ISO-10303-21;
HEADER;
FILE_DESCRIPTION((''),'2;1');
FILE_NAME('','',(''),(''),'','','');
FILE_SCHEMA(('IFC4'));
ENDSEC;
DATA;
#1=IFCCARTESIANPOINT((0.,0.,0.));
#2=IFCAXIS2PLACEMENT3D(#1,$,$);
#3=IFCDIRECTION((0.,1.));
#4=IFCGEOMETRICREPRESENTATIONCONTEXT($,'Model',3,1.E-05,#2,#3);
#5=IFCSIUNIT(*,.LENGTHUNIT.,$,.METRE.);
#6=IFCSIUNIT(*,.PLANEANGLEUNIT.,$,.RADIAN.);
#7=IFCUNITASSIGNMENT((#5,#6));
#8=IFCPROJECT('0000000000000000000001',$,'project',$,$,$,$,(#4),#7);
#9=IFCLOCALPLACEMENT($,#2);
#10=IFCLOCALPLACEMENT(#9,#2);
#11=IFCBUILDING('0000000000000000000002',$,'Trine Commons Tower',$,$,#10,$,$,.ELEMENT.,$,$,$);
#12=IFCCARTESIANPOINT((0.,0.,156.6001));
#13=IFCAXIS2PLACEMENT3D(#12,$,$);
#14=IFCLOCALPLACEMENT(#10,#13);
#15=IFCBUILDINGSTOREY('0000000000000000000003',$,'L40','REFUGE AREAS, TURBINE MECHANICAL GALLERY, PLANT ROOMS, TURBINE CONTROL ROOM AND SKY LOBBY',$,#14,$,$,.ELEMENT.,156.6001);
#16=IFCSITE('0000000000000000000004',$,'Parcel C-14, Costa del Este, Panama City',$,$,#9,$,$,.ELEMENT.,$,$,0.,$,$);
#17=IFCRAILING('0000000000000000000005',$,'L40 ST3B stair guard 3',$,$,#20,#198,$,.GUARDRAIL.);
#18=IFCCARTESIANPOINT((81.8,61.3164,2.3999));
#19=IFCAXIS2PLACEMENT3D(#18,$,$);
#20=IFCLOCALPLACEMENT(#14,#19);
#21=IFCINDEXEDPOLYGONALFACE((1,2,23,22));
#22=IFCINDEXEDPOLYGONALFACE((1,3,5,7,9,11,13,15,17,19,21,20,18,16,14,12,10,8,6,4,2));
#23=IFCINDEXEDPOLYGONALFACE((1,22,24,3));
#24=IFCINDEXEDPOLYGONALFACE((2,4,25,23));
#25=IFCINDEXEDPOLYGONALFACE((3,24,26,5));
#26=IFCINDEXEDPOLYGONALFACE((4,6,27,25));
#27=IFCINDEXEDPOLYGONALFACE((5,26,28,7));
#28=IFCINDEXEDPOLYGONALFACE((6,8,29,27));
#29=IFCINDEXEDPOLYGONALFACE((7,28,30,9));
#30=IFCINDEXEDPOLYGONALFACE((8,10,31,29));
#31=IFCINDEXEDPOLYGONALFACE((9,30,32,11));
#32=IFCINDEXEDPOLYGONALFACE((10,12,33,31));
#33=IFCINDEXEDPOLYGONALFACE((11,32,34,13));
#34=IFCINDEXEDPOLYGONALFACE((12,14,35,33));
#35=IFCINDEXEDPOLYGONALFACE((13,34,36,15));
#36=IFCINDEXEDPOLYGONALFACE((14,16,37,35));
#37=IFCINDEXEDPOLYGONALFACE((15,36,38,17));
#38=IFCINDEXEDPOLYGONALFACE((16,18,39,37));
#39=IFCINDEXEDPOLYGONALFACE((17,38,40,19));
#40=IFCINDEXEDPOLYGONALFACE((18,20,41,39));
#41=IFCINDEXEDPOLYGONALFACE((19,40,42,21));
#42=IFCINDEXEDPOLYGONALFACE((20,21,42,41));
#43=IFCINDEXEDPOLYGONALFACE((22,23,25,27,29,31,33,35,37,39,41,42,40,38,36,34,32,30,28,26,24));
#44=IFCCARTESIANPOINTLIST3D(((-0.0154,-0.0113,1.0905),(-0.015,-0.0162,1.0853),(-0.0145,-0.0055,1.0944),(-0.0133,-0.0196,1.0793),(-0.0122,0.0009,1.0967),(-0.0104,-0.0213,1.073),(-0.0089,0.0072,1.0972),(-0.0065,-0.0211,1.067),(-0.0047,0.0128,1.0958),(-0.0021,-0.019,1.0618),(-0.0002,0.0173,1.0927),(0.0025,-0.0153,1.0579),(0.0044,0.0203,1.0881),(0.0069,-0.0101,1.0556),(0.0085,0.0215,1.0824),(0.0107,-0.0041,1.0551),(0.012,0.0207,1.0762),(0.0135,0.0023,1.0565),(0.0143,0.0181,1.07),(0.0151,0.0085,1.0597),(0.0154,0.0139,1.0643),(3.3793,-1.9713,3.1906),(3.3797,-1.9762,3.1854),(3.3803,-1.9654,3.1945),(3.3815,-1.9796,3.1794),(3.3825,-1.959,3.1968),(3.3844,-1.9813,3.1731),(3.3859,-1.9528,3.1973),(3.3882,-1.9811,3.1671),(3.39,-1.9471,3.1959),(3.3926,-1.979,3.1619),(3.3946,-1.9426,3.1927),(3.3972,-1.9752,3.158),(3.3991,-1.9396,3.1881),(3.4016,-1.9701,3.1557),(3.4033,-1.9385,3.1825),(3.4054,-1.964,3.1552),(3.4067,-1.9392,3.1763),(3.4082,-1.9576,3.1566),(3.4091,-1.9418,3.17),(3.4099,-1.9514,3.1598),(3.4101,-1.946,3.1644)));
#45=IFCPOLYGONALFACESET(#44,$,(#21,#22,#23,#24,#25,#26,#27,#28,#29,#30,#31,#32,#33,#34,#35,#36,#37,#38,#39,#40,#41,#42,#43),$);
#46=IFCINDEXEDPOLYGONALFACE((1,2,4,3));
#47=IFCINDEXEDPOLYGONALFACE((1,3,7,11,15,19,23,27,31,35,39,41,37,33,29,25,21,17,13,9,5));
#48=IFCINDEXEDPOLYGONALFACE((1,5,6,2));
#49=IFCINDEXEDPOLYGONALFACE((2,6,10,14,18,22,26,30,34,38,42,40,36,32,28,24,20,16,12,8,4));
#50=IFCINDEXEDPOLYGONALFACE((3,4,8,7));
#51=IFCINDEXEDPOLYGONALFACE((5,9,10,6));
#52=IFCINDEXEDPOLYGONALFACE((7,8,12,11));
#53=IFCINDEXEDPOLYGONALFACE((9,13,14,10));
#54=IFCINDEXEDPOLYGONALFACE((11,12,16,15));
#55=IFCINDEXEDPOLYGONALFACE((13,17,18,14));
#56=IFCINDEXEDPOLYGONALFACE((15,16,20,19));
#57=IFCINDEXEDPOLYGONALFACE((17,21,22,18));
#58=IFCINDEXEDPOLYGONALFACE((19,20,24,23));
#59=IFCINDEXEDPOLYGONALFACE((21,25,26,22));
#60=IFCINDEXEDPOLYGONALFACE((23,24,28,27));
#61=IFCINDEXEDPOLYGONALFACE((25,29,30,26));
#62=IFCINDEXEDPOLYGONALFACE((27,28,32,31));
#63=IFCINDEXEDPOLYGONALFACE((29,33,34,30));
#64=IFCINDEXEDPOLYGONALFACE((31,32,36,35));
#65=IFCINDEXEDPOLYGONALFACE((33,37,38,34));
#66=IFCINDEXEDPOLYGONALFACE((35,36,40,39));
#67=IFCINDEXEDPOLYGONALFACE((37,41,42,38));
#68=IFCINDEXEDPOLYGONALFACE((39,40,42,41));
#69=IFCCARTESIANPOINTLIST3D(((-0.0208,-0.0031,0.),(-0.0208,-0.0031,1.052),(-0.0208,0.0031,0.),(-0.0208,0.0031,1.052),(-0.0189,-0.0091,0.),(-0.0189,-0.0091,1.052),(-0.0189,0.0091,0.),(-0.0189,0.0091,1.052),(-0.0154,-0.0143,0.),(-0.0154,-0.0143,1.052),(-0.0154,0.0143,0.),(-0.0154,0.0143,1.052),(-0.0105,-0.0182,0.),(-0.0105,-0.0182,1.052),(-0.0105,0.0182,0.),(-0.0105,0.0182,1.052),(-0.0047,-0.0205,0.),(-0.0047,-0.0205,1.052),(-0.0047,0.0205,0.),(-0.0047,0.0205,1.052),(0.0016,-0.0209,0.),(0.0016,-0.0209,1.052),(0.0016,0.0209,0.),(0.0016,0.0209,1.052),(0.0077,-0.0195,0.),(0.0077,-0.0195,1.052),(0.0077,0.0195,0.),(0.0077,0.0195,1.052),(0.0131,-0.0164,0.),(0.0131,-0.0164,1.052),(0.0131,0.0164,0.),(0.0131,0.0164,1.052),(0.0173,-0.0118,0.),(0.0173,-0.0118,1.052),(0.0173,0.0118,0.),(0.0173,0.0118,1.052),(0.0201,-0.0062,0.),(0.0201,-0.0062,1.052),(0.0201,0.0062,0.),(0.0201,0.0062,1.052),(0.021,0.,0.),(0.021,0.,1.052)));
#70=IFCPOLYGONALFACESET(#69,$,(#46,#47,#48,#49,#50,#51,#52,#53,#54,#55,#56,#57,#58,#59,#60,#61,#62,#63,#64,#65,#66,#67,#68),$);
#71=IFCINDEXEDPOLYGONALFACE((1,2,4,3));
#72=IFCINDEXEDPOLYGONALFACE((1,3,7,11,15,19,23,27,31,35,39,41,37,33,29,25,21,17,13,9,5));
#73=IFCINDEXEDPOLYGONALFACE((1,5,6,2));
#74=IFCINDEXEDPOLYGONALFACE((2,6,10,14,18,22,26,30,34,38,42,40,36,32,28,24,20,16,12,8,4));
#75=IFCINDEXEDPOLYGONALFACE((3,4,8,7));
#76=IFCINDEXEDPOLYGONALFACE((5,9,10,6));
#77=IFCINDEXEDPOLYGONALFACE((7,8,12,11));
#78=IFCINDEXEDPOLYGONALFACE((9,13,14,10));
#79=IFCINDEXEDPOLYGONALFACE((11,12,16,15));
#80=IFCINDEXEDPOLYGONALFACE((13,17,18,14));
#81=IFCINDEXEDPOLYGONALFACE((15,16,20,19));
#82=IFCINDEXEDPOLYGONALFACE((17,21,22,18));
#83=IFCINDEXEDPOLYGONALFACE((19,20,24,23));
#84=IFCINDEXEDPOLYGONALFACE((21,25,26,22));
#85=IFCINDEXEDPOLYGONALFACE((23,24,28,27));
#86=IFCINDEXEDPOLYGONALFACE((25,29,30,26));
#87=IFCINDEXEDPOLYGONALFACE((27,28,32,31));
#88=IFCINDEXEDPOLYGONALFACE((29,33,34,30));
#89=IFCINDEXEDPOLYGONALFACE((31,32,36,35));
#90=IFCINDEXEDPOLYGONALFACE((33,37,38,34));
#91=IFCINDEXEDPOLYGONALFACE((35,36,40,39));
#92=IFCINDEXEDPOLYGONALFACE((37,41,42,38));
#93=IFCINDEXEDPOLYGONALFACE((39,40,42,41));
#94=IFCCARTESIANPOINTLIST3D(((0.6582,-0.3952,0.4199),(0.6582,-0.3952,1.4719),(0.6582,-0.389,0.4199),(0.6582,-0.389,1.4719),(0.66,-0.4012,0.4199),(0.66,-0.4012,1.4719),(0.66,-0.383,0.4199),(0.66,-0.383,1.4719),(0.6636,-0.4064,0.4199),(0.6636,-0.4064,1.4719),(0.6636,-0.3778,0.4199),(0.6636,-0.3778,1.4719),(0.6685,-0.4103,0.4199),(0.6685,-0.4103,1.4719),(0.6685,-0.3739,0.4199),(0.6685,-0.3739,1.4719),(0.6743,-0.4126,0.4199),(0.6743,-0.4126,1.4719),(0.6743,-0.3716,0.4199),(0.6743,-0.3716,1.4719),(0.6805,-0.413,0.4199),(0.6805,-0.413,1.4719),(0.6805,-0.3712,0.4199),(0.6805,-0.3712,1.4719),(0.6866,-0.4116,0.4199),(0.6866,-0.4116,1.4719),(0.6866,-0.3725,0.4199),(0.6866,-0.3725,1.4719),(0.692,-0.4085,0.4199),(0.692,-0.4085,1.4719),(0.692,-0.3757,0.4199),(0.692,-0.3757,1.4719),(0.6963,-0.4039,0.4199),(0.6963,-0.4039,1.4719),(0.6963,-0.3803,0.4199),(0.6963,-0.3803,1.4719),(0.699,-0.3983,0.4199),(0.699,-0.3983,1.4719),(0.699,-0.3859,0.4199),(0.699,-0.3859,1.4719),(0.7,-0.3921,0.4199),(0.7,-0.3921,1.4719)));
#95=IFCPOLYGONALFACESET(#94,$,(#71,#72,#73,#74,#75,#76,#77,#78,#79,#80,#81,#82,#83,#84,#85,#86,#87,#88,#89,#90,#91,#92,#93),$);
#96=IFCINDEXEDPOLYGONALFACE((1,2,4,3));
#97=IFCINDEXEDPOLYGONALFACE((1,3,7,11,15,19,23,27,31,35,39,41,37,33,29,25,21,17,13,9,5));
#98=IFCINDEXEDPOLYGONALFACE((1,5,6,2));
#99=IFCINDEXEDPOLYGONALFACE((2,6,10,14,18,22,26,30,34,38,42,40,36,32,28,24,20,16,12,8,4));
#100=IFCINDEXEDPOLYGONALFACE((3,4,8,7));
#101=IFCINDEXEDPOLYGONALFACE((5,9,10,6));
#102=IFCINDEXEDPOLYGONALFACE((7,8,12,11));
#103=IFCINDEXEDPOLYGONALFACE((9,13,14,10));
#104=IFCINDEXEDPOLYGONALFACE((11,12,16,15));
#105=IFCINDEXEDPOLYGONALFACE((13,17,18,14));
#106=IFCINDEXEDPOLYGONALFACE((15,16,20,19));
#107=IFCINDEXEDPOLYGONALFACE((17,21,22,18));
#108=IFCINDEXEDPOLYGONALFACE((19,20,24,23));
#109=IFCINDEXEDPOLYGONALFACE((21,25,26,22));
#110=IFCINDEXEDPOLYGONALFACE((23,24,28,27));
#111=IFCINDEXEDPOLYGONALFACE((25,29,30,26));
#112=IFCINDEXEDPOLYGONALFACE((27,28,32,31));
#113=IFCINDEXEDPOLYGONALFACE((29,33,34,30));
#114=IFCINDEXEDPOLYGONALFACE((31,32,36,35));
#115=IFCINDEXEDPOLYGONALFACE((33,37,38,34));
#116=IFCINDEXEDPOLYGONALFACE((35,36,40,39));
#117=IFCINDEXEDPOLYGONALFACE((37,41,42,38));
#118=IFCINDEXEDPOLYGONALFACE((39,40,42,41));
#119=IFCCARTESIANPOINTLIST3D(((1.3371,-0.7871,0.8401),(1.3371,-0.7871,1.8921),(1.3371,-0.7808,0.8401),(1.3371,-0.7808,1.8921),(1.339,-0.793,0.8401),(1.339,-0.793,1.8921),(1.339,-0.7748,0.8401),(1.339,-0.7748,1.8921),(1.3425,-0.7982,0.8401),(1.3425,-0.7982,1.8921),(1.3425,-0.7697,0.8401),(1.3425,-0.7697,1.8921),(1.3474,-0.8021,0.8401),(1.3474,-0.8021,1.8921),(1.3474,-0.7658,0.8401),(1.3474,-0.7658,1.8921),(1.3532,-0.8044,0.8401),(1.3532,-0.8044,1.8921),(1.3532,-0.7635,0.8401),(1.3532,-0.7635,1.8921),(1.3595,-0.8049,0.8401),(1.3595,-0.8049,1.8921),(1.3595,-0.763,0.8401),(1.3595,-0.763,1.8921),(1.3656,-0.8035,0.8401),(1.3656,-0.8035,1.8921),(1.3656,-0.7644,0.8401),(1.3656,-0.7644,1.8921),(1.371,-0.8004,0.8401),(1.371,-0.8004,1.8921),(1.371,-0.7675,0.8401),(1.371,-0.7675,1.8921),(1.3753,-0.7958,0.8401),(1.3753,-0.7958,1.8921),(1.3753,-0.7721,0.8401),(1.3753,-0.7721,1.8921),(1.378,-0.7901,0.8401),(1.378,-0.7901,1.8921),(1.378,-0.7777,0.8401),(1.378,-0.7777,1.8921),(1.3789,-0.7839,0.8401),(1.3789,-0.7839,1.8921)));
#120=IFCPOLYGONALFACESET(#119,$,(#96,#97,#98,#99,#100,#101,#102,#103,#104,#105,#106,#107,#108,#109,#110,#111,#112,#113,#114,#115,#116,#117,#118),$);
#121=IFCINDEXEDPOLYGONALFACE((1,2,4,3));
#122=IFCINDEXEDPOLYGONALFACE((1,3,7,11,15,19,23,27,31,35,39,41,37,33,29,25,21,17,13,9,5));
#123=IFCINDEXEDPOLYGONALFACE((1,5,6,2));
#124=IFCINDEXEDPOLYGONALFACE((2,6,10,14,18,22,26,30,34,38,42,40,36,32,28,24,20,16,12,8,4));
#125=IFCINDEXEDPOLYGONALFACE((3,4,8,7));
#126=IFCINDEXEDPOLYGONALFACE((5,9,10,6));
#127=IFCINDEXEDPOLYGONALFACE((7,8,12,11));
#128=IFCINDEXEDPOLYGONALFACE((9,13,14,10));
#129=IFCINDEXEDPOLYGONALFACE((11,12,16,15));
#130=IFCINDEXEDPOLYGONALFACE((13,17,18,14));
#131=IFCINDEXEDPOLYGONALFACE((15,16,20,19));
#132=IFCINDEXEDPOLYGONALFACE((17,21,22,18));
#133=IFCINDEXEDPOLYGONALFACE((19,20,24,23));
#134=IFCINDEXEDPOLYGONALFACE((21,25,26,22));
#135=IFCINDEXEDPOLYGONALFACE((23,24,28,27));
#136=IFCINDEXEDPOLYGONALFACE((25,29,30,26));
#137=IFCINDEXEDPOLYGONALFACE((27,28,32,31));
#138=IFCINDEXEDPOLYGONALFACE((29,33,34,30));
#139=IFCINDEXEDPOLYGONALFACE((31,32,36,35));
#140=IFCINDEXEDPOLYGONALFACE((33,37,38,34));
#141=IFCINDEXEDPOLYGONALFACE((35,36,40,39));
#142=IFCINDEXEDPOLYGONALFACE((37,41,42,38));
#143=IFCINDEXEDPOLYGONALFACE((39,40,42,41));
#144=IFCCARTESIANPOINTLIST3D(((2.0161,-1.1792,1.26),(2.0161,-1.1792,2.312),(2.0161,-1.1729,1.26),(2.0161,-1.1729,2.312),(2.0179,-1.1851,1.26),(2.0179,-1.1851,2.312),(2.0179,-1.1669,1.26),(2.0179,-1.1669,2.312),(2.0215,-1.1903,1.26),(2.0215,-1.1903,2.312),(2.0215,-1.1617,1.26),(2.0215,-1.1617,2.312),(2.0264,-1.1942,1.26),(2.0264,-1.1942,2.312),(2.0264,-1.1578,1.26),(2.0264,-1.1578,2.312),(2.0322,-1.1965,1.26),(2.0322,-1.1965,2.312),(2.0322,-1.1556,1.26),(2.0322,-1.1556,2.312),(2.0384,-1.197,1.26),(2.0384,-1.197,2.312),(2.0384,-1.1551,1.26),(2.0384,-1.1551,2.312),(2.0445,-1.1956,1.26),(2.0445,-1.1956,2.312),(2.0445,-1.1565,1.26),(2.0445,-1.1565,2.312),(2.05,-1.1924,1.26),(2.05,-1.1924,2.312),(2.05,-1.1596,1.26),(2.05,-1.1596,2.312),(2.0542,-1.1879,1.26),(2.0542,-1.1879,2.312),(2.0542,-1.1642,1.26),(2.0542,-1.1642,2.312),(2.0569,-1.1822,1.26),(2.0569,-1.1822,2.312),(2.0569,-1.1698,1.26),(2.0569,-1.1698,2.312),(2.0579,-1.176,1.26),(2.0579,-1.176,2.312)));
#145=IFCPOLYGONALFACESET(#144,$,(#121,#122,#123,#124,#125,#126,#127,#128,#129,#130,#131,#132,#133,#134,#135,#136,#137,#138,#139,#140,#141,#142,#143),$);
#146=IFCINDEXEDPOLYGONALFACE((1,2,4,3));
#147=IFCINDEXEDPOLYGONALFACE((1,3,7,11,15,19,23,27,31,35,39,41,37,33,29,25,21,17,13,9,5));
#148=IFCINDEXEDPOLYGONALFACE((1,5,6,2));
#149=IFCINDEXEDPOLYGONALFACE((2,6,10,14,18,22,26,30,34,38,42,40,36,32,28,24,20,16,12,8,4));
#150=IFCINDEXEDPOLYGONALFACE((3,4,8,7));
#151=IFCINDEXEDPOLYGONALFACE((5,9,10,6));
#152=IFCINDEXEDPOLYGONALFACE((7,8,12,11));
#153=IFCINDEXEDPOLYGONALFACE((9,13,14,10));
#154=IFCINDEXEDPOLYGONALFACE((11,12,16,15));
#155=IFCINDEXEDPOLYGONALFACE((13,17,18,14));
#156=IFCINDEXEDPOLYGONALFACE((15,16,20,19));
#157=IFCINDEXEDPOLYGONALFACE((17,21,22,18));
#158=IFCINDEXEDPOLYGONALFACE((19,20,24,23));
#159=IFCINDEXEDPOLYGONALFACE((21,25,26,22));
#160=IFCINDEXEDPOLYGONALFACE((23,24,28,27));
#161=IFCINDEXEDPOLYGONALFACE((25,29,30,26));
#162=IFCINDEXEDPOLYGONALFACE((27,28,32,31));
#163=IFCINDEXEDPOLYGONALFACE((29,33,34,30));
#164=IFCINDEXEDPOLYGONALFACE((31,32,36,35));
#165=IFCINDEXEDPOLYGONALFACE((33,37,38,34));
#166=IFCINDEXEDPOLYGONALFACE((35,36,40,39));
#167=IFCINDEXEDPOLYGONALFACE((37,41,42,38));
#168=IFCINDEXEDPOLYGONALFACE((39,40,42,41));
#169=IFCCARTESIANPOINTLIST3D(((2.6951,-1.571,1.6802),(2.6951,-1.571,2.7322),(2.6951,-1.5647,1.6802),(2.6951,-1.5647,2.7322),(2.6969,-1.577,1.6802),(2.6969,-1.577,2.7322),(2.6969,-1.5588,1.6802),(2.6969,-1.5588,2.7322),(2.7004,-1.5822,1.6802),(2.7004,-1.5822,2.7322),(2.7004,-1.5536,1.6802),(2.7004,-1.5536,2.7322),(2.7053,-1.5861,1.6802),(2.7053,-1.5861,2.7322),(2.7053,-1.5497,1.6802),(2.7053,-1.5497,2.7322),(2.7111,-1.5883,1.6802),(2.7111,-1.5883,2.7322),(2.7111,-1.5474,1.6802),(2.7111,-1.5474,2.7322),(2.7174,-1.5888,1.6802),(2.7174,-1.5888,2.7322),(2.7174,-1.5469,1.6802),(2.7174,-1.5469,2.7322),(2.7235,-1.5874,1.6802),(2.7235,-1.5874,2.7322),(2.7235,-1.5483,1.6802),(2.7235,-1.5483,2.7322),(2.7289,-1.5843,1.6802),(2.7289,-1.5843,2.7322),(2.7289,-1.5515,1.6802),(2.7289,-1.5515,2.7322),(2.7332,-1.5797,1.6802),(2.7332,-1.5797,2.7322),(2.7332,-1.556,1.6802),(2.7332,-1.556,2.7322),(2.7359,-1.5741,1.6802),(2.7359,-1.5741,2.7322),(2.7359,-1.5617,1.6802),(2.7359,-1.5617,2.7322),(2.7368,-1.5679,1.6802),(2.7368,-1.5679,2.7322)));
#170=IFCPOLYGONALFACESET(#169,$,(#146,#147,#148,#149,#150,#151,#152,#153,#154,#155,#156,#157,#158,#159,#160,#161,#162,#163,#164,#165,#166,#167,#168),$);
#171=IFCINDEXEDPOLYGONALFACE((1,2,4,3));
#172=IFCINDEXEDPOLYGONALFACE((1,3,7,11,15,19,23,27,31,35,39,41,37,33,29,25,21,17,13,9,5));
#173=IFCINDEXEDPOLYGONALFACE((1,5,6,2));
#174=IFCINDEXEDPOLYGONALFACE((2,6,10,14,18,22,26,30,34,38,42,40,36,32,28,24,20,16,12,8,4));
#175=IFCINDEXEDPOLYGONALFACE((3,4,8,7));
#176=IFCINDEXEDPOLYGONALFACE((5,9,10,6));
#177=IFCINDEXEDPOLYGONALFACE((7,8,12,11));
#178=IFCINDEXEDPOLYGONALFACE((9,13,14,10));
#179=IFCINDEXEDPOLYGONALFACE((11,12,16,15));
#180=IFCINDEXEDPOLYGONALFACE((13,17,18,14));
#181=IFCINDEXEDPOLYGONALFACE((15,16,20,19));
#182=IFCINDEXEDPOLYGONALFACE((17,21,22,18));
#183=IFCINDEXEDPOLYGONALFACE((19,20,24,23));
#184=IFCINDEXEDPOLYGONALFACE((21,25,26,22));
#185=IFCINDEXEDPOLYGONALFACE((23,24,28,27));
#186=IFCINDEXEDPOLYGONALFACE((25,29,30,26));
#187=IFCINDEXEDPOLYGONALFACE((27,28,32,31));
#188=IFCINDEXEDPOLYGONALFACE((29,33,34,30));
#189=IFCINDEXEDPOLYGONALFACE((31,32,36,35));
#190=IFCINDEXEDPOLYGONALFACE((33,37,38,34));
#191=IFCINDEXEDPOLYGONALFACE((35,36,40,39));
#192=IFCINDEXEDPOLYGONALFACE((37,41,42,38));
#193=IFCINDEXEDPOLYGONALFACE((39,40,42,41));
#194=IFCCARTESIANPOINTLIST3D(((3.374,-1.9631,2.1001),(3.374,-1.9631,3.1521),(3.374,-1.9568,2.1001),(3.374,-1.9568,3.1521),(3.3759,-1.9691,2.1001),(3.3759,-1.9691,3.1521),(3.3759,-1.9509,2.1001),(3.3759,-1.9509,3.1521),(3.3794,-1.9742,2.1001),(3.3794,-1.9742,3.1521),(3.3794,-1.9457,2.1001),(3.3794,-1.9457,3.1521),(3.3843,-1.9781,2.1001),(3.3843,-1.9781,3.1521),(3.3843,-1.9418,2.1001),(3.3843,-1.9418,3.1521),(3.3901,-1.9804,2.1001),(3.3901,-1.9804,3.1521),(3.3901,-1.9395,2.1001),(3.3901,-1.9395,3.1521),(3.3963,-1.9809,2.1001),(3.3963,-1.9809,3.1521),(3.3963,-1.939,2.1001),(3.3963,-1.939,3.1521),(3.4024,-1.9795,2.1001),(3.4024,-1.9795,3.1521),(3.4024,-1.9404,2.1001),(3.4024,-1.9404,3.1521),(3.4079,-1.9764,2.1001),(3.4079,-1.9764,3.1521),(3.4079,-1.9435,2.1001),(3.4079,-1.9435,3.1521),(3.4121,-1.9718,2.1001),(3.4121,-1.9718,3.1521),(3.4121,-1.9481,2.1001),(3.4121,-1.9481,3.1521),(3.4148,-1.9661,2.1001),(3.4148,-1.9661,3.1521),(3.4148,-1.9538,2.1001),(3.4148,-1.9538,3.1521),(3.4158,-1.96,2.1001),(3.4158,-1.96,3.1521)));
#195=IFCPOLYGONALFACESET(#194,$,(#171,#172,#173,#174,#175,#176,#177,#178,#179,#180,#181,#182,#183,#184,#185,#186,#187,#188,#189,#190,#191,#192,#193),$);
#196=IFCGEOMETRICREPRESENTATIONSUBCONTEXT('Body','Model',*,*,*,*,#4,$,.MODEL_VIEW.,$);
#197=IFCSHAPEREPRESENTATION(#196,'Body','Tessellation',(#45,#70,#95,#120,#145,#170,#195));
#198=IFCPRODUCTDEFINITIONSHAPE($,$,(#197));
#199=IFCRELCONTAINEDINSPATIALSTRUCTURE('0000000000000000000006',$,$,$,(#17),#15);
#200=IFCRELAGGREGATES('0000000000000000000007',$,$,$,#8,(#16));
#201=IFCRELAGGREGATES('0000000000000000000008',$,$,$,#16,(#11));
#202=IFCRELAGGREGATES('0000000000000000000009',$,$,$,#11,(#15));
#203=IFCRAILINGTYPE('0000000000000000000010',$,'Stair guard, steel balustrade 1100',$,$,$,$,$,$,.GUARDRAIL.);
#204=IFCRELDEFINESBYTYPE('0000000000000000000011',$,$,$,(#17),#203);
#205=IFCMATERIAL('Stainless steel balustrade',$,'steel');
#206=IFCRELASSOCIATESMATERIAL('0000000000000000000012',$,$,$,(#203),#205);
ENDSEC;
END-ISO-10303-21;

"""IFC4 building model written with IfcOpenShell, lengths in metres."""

from ifc_helpers import new_model, si_unit, direction, frame, origin, origin_2d, place, context, subcontext, project, spatial, circle, extrude, material, type_object, element, save


model = new_model("IFC4")

# Units and contexts
model_context = context("Model", 3, precision=1e-05, world=origin(), true_north=direction((0.0, 1.0)))
body_context = subcontext(model_context, "Body", "Model", "MODEL_VIEW")
ifc_project = project(units=[si_unit("LENGTHUNIT", "METRE"), si_unit("PLANEANGLEUNIT", "RADIAN")], contexts=[model_context])

# Site, building, storey
site_placement = place(None, origin())
site = spatial("IfcSite", under=ifc_project, at=site_placement, Name="Parcel C-14, Costa del Este, Panama City", CompositionType="ELEMENT", RefElevation=0.0)
building_placement = place(site_placement, origin())
building = spatial("IfcBuilding", under=site, at=building_placement, Name="Trine Commons Tower", CompositionType="ELEMENT")
storey_placement = place(building_placement, frame((0.0, 0.0, 156.6001)))
storey = spatial("IfcBuildingStorey", under=building, at=storey_placement, Name="L40", Description="REFUGE AREAS, TURBINE MECHANICAL GALLERY, PLANT ROOMS, TURBINE CONTROL ROOM AND SKY LOBBY", CompositionType="ELEMENT", Elevation=156.6001)

# Railing
ifc_material_1 = material(Name="Stainless steel balustrade", Category="steel")
railing_type_1 = type_object("IfcRailingType", Name="Stair guard, steel balustrade 1100", PredefinedType="GUARDRAIL", material=ifc_material_1)
railing_1_placement = place(storey_placement, frame((81.8, 61.3164, 2.3999)))
element("IfcRailing", 1, at=railing_1_placement, inside=storey, type_object=railing_type_1, Name="L40 ST3B stair guard 3", PredefinedType="GUARDRAIL", context=body_context, shape_type="SweptSolid", body=[
    extrude(circle(Radius=0.0239, at=origin_2d()), frame((0.0, 0.0, 1.0762), z_axis=(0.763375, -0.440732, 0.472244), x_axis=(0.499997, 0.866027, 0.0)), (0.0, 0.0, 1.0), 4.447),
    extrude(circle(Radius=0.021, at=origin_2d()), origin(), (0.0, 0.0, 1.0), 1.052),
    extrude(circle(Radius=0.021, at=origin_2d()), frame((0.679, -0.3921, 0.4199)), (0.0, 0.0, 1.0), 1.052),
    extrude(circle(Radius=0.021, at=origin_2d()), frame((1.3579, -0.7839, 0.8401)), (0.0, 0.0, 1.0), 1.052),
    extrude(circle(Radius=0.021, at=origin_2d()), frame((2.0369, -1.176, 1.26)), (0.0, 0.0, 1.0), 1.052),
    extrude(circle(Radius=0.021, at=origin_2d()), frame((2.7158, -1.5679, 1.6802)), (0.0, 0.0, 1.0), 1.052),
    extrude(circle(Radius=0.021, at=origin_2d()), frame((3.3948, -1.96, 2.1001)), (0.0, 0.0, 1.0), 1.052),
])

save(model, "model.ifc")
